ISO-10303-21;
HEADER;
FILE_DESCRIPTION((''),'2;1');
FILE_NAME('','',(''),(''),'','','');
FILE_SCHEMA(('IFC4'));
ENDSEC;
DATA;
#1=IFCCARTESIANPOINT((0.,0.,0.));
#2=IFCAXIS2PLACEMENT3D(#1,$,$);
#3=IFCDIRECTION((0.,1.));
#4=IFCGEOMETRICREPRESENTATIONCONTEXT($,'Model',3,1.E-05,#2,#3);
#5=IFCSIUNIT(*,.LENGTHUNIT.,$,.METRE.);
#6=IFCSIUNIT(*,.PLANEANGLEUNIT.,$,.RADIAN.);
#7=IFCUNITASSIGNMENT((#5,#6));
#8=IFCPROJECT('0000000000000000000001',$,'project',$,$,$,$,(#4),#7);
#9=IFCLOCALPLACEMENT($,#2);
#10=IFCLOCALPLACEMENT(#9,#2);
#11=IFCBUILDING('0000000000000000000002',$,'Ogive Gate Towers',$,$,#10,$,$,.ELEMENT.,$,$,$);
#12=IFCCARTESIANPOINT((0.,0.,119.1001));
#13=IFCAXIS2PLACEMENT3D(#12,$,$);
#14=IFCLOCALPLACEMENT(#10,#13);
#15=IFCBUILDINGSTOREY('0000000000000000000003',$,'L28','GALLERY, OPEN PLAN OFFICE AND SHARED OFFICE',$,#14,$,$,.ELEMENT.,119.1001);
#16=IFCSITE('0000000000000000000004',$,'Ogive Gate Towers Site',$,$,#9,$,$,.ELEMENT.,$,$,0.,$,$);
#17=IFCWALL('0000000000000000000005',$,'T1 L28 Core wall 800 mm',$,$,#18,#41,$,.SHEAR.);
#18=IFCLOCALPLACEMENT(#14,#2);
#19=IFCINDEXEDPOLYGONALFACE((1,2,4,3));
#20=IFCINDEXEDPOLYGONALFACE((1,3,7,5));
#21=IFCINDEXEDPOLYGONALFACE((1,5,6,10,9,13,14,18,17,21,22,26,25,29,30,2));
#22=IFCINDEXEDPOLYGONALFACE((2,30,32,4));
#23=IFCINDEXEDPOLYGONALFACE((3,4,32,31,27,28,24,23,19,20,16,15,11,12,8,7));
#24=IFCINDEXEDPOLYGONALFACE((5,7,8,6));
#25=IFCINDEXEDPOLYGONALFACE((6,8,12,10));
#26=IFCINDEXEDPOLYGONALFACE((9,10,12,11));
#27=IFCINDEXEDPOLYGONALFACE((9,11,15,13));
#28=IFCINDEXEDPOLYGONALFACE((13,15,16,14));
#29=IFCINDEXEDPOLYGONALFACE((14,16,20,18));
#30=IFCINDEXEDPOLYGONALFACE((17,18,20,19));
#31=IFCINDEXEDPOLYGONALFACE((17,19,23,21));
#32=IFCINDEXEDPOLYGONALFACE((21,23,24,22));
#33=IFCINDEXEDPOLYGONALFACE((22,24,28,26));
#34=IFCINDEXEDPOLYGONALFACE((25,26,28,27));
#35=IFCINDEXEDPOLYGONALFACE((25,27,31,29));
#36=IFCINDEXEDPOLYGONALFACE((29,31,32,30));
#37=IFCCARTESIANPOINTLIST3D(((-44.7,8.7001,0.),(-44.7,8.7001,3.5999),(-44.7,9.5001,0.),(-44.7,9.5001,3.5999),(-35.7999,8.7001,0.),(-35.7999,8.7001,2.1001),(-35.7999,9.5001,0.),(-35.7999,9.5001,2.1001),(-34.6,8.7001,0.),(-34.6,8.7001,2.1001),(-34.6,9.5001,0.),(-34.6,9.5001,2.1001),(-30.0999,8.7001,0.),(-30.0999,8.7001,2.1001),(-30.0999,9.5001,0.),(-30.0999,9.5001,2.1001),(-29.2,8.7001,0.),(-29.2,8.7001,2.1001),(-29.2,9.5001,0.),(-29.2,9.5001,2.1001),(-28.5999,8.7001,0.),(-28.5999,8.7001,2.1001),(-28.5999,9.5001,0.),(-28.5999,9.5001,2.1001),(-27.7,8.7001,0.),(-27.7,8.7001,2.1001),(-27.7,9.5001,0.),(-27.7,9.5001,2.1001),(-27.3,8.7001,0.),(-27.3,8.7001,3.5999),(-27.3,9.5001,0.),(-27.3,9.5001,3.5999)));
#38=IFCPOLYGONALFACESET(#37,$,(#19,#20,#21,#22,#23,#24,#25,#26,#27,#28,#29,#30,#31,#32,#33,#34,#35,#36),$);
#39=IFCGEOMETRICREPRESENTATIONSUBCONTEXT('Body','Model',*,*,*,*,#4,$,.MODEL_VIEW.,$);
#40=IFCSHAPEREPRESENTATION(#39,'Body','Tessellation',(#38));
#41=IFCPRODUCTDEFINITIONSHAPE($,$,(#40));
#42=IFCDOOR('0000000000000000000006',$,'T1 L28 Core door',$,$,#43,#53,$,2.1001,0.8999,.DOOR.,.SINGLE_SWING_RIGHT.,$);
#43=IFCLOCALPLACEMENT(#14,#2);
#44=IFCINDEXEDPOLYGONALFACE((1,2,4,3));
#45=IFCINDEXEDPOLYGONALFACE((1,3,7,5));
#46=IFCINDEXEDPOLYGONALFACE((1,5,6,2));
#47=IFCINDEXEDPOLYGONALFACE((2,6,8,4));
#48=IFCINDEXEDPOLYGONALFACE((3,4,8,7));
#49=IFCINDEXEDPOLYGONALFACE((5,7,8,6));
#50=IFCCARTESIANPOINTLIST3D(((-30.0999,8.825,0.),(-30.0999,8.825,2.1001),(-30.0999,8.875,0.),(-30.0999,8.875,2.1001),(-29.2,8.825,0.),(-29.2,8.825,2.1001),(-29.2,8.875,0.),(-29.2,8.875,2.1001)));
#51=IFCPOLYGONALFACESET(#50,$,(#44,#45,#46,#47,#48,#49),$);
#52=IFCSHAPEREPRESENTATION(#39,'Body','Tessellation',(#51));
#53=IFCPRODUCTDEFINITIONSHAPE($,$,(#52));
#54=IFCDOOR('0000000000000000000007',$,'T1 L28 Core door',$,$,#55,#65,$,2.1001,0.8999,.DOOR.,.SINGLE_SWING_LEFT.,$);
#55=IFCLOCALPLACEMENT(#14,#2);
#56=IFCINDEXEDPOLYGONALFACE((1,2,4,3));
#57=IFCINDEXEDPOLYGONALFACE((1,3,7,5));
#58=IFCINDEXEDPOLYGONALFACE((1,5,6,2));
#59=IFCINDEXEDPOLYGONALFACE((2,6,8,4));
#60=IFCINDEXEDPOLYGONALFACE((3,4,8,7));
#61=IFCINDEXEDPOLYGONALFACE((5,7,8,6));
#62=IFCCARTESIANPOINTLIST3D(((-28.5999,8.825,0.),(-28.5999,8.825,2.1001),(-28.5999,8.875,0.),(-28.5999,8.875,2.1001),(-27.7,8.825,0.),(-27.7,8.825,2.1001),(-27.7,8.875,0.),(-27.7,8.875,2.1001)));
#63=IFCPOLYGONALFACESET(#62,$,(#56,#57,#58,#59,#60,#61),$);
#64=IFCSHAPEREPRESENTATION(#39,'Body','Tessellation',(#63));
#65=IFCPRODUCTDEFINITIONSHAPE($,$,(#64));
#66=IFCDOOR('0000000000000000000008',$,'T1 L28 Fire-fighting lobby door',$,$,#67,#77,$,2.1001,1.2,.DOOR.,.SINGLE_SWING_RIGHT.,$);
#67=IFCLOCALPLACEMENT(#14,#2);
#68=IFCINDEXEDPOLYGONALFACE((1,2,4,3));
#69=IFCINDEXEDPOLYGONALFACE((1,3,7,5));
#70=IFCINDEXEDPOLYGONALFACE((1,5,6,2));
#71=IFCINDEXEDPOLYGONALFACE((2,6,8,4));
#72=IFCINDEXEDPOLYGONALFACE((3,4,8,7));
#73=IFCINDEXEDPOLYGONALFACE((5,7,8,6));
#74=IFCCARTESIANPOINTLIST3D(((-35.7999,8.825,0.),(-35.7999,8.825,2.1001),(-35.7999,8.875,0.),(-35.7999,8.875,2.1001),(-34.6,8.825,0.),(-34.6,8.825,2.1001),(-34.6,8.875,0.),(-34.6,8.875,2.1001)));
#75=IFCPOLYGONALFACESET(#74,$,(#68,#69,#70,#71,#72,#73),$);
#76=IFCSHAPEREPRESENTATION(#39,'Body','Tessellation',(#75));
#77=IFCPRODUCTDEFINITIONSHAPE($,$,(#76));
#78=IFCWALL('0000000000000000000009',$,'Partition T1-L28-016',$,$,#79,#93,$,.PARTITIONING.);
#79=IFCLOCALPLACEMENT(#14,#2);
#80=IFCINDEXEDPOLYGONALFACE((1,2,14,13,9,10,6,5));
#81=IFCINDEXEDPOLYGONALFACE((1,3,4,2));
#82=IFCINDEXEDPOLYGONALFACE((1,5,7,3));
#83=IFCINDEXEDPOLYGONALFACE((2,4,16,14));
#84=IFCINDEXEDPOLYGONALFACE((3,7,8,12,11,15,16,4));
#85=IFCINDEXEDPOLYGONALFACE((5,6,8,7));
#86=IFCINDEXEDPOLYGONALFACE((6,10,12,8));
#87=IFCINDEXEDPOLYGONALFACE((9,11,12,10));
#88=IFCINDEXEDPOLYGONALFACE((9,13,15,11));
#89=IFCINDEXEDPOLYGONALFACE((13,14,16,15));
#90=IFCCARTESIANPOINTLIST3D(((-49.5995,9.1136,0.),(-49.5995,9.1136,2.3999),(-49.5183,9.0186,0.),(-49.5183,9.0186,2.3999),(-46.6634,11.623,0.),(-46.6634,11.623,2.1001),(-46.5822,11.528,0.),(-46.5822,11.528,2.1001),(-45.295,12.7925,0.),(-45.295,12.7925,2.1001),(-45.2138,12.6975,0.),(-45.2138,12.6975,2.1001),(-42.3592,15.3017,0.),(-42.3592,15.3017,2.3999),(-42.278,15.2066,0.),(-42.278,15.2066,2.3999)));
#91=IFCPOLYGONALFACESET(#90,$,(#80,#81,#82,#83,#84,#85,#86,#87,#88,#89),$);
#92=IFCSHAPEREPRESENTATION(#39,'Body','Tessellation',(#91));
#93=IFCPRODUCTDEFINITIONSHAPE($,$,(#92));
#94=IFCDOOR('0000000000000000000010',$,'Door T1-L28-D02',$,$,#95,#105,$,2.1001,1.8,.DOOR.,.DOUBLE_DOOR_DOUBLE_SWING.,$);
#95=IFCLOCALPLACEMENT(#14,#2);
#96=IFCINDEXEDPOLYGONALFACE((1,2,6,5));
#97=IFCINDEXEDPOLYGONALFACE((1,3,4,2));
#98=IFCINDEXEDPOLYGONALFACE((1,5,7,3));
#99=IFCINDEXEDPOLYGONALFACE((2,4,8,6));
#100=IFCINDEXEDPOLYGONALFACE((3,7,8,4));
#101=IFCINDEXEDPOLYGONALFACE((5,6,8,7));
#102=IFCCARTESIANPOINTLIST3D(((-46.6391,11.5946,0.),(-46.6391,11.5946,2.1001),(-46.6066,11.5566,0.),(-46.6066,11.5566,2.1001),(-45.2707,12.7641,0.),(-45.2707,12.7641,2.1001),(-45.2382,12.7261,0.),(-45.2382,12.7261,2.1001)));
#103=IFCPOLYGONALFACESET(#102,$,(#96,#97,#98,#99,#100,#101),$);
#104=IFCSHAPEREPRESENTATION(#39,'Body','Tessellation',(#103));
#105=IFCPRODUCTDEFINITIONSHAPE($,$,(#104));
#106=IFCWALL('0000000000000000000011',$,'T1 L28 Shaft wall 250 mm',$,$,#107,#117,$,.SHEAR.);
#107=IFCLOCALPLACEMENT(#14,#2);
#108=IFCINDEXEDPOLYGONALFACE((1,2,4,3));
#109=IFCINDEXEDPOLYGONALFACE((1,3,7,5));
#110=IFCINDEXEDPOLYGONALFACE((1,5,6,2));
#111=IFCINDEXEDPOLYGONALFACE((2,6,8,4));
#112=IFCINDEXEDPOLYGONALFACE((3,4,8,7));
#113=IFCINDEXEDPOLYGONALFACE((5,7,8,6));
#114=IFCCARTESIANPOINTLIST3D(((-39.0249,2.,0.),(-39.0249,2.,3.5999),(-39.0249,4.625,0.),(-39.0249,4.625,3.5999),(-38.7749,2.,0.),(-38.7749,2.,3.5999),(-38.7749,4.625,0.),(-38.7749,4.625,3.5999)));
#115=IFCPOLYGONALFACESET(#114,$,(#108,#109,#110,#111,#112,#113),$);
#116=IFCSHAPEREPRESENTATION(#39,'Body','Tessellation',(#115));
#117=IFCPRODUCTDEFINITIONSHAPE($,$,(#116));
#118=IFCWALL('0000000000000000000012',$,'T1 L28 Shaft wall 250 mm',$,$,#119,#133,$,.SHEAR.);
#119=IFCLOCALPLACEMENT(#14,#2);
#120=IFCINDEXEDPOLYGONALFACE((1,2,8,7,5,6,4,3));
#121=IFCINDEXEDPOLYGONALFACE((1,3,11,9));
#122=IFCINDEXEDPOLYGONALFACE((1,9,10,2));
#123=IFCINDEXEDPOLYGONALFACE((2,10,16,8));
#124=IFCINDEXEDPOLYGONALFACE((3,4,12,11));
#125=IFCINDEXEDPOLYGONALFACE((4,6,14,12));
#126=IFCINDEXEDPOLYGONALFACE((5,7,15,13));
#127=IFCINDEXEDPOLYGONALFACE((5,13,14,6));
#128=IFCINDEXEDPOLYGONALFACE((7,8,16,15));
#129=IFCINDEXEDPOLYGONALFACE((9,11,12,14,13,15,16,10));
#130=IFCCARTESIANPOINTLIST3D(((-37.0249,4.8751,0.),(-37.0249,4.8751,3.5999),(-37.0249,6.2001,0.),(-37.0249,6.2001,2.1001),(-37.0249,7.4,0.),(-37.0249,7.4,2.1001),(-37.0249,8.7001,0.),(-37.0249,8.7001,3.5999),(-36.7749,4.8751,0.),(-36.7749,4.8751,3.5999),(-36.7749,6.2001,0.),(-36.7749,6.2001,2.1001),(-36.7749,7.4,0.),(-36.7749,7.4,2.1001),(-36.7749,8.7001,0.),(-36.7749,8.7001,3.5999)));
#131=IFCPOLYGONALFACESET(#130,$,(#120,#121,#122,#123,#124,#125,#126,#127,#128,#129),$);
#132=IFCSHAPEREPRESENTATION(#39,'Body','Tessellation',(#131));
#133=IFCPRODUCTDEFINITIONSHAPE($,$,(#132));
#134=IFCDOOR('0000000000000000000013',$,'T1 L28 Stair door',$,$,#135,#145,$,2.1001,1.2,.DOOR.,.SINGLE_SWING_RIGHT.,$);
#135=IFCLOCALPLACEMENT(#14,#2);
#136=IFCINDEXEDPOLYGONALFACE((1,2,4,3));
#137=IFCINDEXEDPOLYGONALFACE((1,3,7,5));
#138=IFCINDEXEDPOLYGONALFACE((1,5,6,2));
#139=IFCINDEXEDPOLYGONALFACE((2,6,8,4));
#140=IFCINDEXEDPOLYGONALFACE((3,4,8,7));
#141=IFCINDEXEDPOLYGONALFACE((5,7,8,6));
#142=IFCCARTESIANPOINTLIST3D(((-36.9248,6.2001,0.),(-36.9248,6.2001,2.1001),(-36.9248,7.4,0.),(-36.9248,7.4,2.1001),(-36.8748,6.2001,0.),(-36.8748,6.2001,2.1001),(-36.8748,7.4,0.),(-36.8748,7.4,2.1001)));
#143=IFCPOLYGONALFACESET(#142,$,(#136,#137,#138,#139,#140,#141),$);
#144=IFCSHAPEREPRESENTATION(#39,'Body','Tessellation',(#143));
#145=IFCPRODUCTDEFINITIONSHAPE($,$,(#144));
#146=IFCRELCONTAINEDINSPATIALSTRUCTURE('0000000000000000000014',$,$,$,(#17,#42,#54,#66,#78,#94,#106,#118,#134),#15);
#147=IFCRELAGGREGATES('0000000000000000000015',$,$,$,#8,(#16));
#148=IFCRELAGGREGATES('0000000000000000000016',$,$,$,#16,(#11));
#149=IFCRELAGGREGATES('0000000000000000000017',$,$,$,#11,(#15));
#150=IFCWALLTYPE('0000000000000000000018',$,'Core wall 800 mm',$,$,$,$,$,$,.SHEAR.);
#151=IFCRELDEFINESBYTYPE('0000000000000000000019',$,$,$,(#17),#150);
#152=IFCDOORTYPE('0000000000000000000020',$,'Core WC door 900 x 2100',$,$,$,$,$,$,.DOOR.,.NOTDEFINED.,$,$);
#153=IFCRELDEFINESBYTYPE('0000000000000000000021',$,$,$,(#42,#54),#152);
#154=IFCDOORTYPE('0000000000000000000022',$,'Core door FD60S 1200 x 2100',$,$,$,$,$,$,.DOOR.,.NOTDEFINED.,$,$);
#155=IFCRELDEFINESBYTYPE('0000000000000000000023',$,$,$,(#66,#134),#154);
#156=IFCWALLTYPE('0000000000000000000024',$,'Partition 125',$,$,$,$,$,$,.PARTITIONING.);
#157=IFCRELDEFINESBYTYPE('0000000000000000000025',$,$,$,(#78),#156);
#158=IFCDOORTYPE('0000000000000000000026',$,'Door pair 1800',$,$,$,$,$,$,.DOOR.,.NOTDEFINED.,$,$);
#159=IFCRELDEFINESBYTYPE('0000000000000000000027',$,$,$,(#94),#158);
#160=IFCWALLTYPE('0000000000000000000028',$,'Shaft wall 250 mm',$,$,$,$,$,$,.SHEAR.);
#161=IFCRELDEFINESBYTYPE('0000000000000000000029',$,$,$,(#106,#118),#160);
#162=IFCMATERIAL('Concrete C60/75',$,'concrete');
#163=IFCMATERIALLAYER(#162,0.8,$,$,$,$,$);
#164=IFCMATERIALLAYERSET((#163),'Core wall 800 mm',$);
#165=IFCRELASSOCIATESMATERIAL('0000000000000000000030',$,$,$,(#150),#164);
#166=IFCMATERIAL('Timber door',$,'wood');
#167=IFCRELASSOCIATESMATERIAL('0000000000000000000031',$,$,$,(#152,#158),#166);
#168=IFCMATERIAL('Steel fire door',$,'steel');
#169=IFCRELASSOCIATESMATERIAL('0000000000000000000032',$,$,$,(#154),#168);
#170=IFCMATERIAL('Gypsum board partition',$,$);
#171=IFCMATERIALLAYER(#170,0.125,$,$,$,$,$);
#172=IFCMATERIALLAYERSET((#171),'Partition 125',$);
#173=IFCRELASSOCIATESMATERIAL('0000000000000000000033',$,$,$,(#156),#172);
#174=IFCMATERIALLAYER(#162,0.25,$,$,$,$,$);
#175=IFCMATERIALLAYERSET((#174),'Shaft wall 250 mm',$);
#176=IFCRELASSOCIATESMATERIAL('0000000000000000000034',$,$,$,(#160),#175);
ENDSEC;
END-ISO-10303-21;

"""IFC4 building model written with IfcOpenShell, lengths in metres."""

from ifc_helpers import new_model, si_unit, direction, frame, frame_2d, origin, place, context, subcontext, project, spatial, rectangle, extrude, material, layer, layer_set, type_object, element, fill, save


model = new_model("IFC4")

# Units and contexts
model_context = context("Model", 3, precision=1e-05, world=origin(), true_north=direction((0.0, 1.0)))
body_context = subcontext(model_context, "Body", "Model", "MODEL_VIEW")
ifc_project = project(units=[si_unit("LENGTHUNIT", "METRE"), si_unit("PLANEANGLEUNIT", "RADIAN")], contexts=[model_context])

# Site, building, storey
site_placement = place(None, origin())
site = spatial("IfcSite", under=ifc_project, at=site_placement, Name="Ogive Gate Towers Site", CompositionType="ELEMENT", RefElevation=0.0)
building_placement = place(site_placement, origin())
building = spatial("IfcBuilding", under=site, at=building_placement, Name="Ogive Gate Towers", CompositionType="ELEMENT")
storey_placement = place(building_placement, frame((0.0, 0.0, 119.1001)))
storey = spatial("IfcBuildingStorey", under=building, at=storey_placement, Name="L28", Description="GALLERY, OPEN PLAN OFFICE AND SHARED OFFICE", CompositionType="ELEMENT", Elevation=119.1001)

# Wall, openings, doors
ifc_material_1 = material(Name="Concrete C60/75", Category="concrete")
ifc_layer_1 = layer(ifc_material_1, 0.8)
ifc_layer_set_1 = layer_set([ifc_layer_1], Name="Core wall 800 mm")
wall_type_1 = type_object("IfcWallType", Name="Core wall 800 mm", PredefinedType="SHEAR", material=ifc_layer_set_1)
wall_1_placement = place(storey_placement, frame((-44.7, 9.1001, 0.0), z_axis=(0.0, 0.0, 1.0), x_axis=(1.0, 0.0, 0.0)))
wall_1 = element("IfcWall", 1, at=wall_1_placement, inside=storey, type_object=wall_type_1, Name="T1 L28 Core wall 800 mm", PredefinedType="SHEAR", context=body_context, shape_type="SweptSolid", body=[
    extrude(rectangle(XDim=17.3999, YDim=0.8, at=frame_2d((8.7, 0.0))), origin(), (0.0, 0.0, 1.0), 3.5999),
])
opening_1_placement = place(wall_1_placement, frame((8.8999, 0.0, 0.0)))
opening_1 = element("IfcOpeningElement", 2, at=opening_1_placement, cuts=wall_1, PredefinedType="OPENING", context=body_context, shape_type="SweptSolid", body=[
    extrude(rectangle(XDim=1.2, YDim=2.1001, at=frame_2d((0.6001, 1.05))), frame((0.0, 0.4102, 0.0), z_axis=(0.0, -1.0, 0.0), x_axis=(1.0, 0.0, 0.0)), (0.0, 0.0, 1.0), 0.8201),
])
opening_2_placement = place(wall_1_placement, frame((14.6001, 0.0, 0.0)))
opening_2 = element("IfcOpeningElement", 3, at=opening_2_placement, cuts=wall_1, PredefinedType="OPENING", context=body_context, shape_type="SweptSolid", body=[
    extrude(rectangle(XDim=0.8999, YDim=2.1001, at=frame_2d((0.45, 1.05))), frame((0.0, 0.4102, 0.0), z_axis=(0.0, -1.0, 0.0), x_axis=(1.0, 0.0, 0.0)), (0.0, 0.0, 1.0), 0.8201),
])
opening_3_placement = place(wall_1_placement, frame((16.1001, 0.0, 0.0)))
opening_3 = element("IfcOpeningElement", 4, at=opening_3_placement, cuts=wall_1, PredefinedType="OPENING", context=body_context, shape_type="SweptSolid", body=[
    extrude(rectangle(XDim=0.8999, YDim=2.1001, at=frame_2d((0.45, 1.05))), frame((0.0, 0.4102, 0.0), z_axis=(0.0, -1.0, 0.0), x_axis=(1.0, 0.0, 0.0)), (0.0, 0.0, 1.0), 0.8201),
])
ifc_material_2 = material(Name="Timber door", Category="wood")
door_type_1 = type_object("IfcDoorType", Name="Core WC door 900 x 2100", OperationType="NOTDEFINED", PredefinedType="DOOR", material=ifc_material_2)
door_1_placement = place(opening_2_placement, origin())
door_1 = element("IfcDoor", 5, at=door_1_placement, inside=storey, type_object=door_type_1, Name="T1 L28 Core door", OperationType="SINGLE_SWING_RIGHT", OverallHeight=2.1001, OverallWidth=0.8999, PredefinedType="DOOR", context=body_context, shape_type="SweptSolid", body=[
    extrude(rectangle(XDim=0.8999, YDim=2.1001, at=frame_2d((0.45, 1.05))), frame((0.0, -0.2251, 0.0), z_axis=(0.0, -1.0, 0.0), x_axis=(1.0, 0.0, 0.0)), (0.0, 0.0, 1.0), 0.05),
])
fill(opening_2, door_1)
door_2_placement = place(opening_3_placement, origin())
door_2 = element("IfcDoor", 6, at=door_2_placement, inside=storey, type_object=door_type_1, Name="T1 L28 Core door", OperationType="SINGLE_SWING_LEFT", OverallHeight=2.1001, OverallWidth=0.8999, PredefinedType="DOOR", context=body_context, shape_type="SweptSolid", body=[
    extrude(rectangle(XDim=0.8999, YDim=2.1001, at=frame_2d((0.45, 1.05))), frame((0.0, -0.2251, 0.0), z_axis=(0.0, -1.0, 0.0), x_axis=(1.0, 0.0, 0.0)), (0.0, 0.0, 1.0), 0.05),
])
fill(opening_3, door_2)
ifc_material_3 = material(Name="Steel fire door", Category="steel")
door_type_2 = type_object("IfcDoorType", Name="Core door FD60S 1200 x 2100", OperationType="NOTDEFINED", PredefinedType="DOOR", material=ifc_material_3)
door_3_placement = place(opening_1_placement, origin())
door_3 = element("IfcDoor", 7, at=door_3_placement, inside=storey, type_object=door_type_2, Name="T1 L28 Fire-fighting lobby door", OperationType="SINGLE_SWING_RIGHT", OverallHeight=2.1001, OverallWidth=1.2, PredefinedType="DOOR", context=body_context, shape_type="SweptSolid", body=[
    extrude(rectangle(XDim=1.2, YDim=2.1001, at=frame_2d((0.6001, 1.05))), frame((0.0, -0.2251, 0.0), z_axis=(0.0, -1.0, 0.0), x_axis=(1.0, 0.0, 0.0)), (0.0, 0.0, 1.0), 0.05),
])
fill(opening_1, door_3)

# Wall, opening, door
ifc_material_4 = material(Name="Gypsum board partition")
ifc_layer_2 = layer(ifc_material_4, 0.125)
ifc_layer_set_2 = layer_set([ifc_layer_2], Name="Partition 125")
wall_type_2 = type_object("IfcWallType", Name="Partition 125", PredefinedType="PARTITIONING", material=ifc_layer_set_2)
wall_2_placement = place(storey_placement, frame((-42.3186, 15.2542, 0.0), z_axis=(0.0, 0.0, 1.0), x_axis=(-0.760186, -0.649706, 0.0)))
wall_2 = element("IfcWall", 8, at=wall_2_placement, inside=storey, type_object=wall_type_2, Name="Partition T1-L28-016", PredefinedType="PARTITIONING", context=body_context, shape_type="SweptSolid", body=[
    extrude(rectangle(XDim=9.5244, YDim=0.125, at=frame_2d((4.7622, 0.0))), origin(), (0.0, 0.0, 1.0), 2.3999),
])
opening_4_placement = place(wall_2_placement, frame((3.8621, 0.0, 0.0)))
opening_4 = element("IfcOpeningElement", 9, at=opening_4_placement, cuts=wall_2, PredefinedType="OPENING", context=body_context, shape_type="SweptSolid", body=[
    extrude(rectangle(XDim=1.8, YDim=2.1001, at=frame_2d((0.8999, 1.05))), frame((0.0, 0.0725, 0.0), z_axis=(0.0, -1.0, 0.0), x_axis=(1.0, 0.0, 0.0)), (0.0, 0.0, 1.0), 0.145),
])
door_type_3 = type_object("IfcDoorType", Name="Door pair 1800", OperationType="NOTDEFINED", PredefinedType="DOOR", material=ifc_material_2)
door_4_placement = place(opening_4_placement, origin())
door_4 = element("IfcDoor", 10, at=door_4_placement, inside=storey, type_object=door_type_3, Name="Door T1-L28-D02", OperationType="DOUBLE_DOOR_DOUBLE_SWING", OverallHeight=2.1001, OverallWidth=1.8, PredefinedType="DOOR", context=body_context, shape_type="SweptSolid", body=[
    extrude(rectangle(XDim=1.8, YDim=2.1001, at=frame_2d((0.8999, 1.05))), frame((0.0, 0.0249, 0.0), z_axis=(0.0, -1.0, 0.0), x_axis=(1.0, 0.0, 0.0)), (0.0, 0.0, 1.0), 0.05),
])
fill(opening_4, door_4)

# Wall
ifc_layer_3 = layer(ifc_material_1, 0.25)
ifc_layer_set_3 = layer_set([ifc_layer_3], Name="Shaft wall 250 mm")
wall_type_3 = type_object("IfcWallType", Name="Shaft wall 250 mm", PredefinedType="SHEAR", material=ifc_layer_set_3)
wall_3_placement = place(storey_placement, frame((-38.8999, 2.0, 0.0), z_axis=(0.0, 0.0, 1.0), x_axis=(0.0, 1.0, 0.0)))
element("IfcWall", 11, at=wall_3_placement, inside=storey, type_object=wall_type_3, Name="T1 L28 Shaft wall 250 mm", PredefinedType="SHEAR", context=body_context, shape_type="SweptSolid", body=[
    extrude(rectangle(XDim=2.625, YDim=0.25, at=frame_2d((1.3125, 0.0))), origin(), (0.0, 0.0, 1.0), 3.5999),
])

# Wall, opening, door
wall_4_placement = place(storey_placement, frame((-36.8999, 4.875, 0.0), z_axis=(0.0, 0.0, 1.0), x_axis=(0.0, 1.0, 0.0)))
wall_4 = element("IfcWall", 12, at=wall_4_placement, inside=storey, type_object=wall_type_3, Name="T1 L28 Shaft wall 250 mm", PredefinedType="SHEAR", context=body_context, shape_type="SweptSolid", body=[
    extrude(rectangle(XDim=3.825, YDim=0.25, at=frame_2d((1.9126, 0.0))), origin(), (0.0, 0.0, 1.0), 3.5999),
])
opening_5_placement = place(wall_4_placement, frame((1.325, 0.0, 0.0)))
opening_5 = element("IfcOpeningElement", 13, at=opening_5_placement, cuts=wall_4, PredefinedType="OPENING", context=body_context, shape_type="SweptSolid", body=[
    extrude(rectangle(XDim=1.2, YDim=2.1001, at=frame_2d((0.6001, 1.05))), frame((0.0, 0.135, 0.0), z_axis=(0.0, -1.0, 0.0), x_axis=(1.0, 0.0, 0.0)), (0.0, 0.0, 1.0), 0.27),
])
door_5_placement = place(opening_5_placement, origin())
door_5 = element("IfcDoor", 14, at=door_5_placement, inside=storey, type_object=door_type_2, Name="T1 L28 Stair door", OperationType="SINGLE_SWING_RIGHT", OverallHeight=2.1001, OverallWidth=1.2, PredefinedType="DOOR", context=body_context, shape_type="SweptSolid", body=[
    extrude(rectangle(XDim=1.2, YDim=2.1001, at=frame_2d((0.6001, 1.05))), frame((0.0, 0.0249, 0.0), z_axis=(0.0, -1.0, 0.0), x_axis=(1.0, 0.0, 0.0)), (0.0, 0.0, 1.0), 0.05),
])
fill(opening_5, door_5)

save(model, "model.ifc")
